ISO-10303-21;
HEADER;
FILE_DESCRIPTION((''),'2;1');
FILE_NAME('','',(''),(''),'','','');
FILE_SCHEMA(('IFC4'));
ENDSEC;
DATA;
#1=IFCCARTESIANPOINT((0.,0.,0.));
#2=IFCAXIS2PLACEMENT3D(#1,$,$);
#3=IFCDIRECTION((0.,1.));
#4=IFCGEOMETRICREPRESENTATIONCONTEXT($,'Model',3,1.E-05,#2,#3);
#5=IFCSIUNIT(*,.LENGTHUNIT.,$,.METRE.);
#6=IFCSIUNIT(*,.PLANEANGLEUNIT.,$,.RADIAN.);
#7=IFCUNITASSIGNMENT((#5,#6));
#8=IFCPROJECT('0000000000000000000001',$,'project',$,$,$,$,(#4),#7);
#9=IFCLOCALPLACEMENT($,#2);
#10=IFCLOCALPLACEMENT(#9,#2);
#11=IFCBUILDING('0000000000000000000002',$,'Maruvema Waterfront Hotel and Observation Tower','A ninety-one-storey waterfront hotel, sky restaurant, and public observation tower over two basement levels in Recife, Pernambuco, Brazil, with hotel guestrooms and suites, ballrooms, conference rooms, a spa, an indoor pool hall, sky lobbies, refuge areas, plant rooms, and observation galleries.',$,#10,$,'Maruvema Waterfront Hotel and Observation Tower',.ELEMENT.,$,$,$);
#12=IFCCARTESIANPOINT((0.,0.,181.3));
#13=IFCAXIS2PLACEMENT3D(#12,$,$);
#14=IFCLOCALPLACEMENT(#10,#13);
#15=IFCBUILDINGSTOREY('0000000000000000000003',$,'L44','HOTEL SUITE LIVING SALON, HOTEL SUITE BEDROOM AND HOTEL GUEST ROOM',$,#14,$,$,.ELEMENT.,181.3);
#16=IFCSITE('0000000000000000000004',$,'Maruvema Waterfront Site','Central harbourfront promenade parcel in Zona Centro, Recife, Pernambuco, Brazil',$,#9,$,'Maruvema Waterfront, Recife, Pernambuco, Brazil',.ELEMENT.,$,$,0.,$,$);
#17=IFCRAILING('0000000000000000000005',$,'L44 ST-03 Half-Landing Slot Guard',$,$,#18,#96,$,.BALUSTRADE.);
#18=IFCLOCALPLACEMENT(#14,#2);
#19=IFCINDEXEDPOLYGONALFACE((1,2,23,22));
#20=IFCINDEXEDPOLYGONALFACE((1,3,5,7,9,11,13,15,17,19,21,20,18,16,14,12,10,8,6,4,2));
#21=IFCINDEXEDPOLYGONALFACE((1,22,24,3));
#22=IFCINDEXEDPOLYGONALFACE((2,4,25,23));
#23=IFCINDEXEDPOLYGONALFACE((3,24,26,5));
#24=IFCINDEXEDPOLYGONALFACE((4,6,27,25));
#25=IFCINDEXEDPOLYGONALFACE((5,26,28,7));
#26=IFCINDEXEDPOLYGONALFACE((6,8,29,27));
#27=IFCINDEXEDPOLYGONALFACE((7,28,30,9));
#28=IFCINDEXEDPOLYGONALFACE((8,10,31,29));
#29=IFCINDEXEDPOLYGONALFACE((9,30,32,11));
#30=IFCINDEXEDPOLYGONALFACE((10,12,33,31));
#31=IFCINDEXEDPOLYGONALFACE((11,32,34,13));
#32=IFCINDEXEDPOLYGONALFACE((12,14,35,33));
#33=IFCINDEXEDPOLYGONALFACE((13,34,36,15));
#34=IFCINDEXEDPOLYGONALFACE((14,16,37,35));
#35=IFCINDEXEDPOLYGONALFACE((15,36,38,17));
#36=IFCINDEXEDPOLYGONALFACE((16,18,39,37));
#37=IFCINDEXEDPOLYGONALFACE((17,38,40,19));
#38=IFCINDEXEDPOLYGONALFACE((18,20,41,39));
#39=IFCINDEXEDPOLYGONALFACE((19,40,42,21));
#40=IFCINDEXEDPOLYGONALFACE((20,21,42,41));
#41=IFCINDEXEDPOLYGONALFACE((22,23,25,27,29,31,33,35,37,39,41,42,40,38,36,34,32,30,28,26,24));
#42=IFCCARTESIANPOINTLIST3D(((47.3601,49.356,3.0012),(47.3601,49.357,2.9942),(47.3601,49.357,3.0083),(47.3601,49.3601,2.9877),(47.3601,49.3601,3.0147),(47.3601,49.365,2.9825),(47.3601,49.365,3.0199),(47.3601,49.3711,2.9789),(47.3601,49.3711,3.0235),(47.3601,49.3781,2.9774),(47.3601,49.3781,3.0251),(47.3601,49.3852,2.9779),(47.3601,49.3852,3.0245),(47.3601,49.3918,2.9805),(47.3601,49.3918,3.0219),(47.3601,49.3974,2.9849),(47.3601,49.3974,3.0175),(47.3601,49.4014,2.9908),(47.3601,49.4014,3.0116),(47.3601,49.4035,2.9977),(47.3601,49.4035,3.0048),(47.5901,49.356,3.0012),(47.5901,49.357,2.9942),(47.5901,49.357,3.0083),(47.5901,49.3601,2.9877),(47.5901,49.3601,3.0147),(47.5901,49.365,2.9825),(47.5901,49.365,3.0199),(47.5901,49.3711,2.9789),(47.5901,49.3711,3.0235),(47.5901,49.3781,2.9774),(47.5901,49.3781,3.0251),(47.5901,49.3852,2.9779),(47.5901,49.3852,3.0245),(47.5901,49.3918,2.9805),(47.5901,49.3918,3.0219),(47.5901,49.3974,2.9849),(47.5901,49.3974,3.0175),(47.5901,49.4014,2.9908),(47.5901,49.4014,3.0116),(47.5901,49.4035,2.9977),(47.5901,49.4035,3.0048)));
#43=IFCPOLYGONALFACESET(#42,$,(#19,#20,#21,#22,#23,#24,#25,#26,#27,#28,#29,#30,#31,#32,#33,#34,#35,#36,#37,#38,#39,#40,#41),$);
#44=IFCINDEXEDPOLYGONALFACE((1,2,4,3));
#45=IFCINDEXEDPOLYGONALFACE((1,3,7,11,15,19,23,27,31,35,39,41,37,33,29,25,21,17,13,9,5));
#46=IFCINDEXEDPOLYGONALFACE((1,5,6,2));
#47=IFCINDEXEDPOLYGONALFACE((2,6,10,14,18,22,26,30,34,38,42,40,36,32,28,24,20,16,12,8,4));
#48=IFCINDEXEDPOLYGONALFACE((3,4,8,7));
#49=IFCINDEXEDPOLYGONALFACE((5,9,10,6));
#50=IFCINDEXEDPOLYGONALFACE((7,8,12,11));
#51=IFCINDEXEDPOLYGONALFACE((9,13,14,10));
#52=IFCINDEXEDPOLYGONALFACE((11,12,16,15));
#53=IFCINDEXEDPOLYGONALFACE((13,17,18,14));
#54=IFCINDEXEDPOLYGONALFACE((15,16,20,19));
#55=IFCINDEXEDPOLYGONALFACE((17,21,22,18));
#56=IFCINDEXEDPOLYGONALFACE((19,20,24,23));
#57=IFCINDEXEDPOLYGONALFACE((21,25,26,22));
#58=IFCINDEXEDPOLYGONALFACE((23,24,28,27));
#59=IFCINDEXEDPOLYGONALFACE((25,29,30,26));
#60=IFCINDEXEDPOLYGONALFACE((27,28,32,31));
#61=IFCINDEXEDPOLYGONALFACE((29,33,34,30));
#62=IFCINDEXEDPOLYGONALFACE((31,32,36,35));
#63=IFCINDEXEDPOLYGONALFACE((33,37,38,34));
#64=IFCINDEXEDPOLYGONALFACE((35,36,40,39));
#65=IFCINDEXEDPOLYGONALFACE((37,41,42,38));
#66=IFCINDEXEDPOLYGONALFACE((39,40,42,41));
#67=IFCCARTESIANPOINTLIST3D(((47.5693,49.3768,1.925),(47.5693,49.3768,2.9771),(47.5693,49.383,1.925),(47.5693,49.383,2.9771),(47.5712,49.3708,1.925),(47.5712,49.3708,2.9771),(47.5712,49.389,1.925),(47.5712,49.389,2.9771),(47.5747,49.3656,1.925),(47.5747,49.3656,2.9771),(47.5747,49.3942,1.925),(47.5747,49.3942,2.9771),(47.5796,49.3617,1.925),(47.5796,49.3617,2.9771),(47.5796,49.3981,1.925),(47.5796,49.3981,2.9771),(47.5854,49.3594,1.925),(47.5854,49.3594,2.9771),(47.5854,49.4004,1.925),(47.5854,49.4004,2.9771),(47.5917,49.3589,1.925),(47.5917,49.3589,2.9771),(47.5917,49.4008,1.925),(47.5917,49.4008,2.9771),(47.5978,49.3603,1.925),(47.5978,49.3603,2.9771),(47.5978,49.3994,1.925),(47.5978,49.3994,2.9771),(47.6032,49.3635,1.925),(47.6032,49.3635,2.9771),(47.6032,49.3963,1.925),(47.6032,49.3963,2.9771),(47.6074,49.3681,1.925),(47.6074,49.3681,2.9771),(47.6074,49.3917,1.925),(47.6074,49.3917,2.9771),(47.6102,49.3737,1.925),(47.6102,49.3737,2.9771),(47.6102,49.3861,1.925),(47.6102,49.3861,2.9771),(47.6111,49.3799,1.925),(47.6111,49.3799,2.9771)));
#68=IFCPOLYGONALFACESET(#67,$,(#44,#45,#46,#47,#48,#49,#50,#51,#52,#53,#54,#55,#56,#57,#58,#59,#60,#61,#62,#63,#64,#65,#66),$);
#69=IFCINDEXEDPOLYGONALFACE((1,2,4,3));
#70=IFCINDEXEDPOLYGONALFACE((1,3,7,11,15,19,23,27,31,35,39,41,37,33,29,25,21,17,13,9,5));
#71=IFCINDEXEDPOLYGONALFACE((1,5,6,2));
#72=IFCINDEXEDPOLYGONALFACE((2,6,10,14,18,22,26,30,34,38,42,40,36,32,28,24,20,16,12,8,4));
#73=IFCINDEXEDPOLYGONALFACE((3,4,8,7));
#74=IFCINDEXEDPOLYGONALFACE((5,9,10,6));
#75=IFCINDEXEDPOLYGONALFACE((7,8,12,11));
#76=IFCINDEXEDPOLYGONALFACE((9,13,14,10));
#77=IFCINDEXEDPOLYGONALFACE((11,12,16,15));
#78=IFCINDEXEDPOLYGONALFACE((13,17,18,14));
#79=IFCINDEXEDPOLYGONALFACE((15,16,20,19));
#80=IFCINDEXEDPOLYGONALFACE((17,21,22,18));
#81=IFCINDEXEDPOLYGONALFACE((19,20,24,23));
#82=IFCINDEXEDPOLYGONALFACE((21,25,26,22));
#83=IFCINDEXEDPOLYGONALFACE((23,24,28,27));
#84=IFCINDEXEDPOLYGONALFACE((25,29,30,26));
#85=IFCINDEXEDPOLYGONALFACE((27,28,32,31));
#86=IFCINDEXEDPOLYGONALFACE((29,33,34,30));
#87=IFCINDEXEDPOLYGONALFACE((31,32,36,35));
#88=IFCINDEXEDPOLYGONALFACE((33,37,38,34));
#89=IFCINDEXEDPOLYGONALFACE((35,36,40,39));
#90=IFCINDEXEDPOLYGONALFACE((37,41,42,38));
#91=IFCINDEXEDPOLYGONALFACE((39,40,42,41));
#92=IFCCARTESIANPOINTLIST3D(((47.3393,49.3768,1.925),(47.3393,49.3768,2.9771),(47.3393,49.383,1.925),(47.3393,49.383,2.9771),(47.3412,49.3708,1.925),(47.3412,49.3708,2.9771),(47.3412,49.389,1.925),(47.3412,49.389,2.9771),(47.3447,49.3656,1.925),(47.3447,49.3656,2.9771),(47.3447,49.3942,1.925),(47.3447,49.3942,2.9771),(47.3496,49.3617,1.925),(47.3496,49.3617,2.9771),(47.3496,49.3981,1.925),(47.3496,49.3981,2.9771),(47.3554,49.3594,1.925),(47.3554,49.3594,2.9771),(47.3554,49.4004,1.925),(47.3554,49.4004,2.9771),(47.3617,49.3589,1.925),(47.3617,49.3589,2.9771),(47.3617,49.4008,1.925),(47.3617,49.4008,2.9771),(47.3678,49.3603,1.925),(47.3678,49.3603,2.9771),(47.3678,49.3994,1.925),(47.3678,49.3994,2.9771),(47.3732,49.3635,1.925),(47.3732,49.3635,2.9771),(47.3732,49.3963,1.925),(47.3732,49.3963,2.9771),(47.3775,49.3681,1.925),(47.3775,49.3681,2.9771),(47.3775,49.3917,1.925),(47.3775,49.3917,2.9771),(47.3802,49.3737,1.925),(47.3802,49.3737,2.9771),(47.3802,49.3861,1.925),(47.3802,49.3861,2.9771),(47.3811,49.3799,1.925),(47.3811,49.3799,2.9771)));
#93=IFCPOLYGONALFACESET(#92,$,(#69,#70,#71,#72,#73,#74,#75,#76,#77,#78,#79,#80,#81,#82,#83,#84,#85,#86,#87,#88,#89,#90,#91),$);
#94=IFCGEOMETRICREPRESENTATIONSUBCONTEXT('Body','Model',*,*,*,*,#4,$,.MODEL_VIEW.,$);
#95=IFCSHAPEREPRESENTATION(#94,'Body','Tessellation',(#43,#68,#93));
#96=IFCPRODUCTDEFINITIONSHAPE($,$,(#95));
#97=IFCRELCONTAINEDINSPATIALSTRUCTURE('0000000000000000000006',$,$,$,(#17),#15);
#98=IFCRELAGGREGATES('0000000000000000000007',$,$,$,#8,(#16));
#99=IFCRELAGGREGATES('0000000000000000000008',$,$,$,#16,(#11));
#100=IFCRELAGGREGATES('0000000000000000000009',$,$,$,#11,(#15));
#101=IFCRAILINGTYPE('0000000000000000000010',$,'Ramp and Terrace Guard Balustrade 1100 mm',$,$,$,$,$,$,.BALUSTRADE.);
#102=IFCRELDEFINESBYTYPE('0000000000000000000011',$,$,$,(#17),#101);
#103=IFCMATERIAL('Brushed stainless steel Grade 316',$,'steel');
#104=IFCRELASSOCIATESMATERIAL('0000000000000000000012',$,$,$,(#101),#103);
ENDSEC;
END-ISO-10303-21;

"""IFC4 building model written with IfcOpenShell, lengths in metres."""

from ifc_helpers import new_model, si_unit, direction, frame, origin, origin_2d, place, context, subcontext, project, spatial, circle, extrude, material, type_object, element, save


model = new_model("IFC4")

# Units and contexts
model_context = context("Model", 3, precision=1e-05, world=origin(), true_north=direction((0.0, 1.0)))
body_context = subcontext(model_context, "Body", "Model", "MODEL_VIEW")
ifc_project = project(units=[si_unit("LENGTHUNIT", "METRE"), si_unit("PLANEANGLEUNIT", "RADIAN")], contexts=[model_context])

# Site, building, storey
site_placement = place(None, origin())
site = spatial("IfcSite", under=ifc_project, at=site_placement, Name="Maruvema Waterfront Site", Description="Central harbourfront promenade parcel in Zona Centro, Recife, Pernambuco, Brazil", LongName="Maruvema Waterfront, Recife, Pernambuco, Brazil", CompositionType="ELEMENT", RefElevation=0.0)
building_placement = place(site_placement, origin())
building = spatial("IfcBuilding", under=site, at=building_placement, Name="Maruvema Waterfront Hotel and Observation Tower", Description="A ninety-one-storey waterfront hotel, sky restaurant, and public observation tower over two basement levels in Recife, Pernambuco, Brazil, with hotel guestrooms and suites, ballrooms, conference rooms, a spa, an indoor pool hall, sky lobbies, refuge areas, plant rooms, and observation galleries.", LongName="Maruvema Waterfront Hotel and Observation Tower", CompositionType="ELEMENT")
storey_placement = place(building_placement, frame((0.0, 0.0, 181.3)))
storey = spatial("IfcBuildingStorey", under=building, at=storey_placement, Name="L44", Description="HOTEL SUITE LIVING SALON, HOTEL SUITE BEDROOM AND HOTEL GUEST ROOM", CompositionType="ELEMENT", Elevation=181.3)

# Railing
ifc_material_1 = material(Name="Brushed stainless steel Grade 316", Category="steel")
railing_type_1 = type_object("IfcRailingType", Name="Ramp and Terrace Guard Balustrade 1100 mm", PredefinedType="BALUSTRADE", material=ifc_material_1)
railing_1_placement = place(storey_placement, frame((47.5901, 49.3799, 1.925)))
element("IfcRailing", 1, at=railing_1_placement, inside=storey, type_object=railing_type_1, Name="L44 ST-03 Half-Landing Slot Guard", PredefinedType="BALUSTRADE", context=body_context, shape_type="SweptSolid", body=[
    extrude(circle(Radius=0.0239, at=origin_2d()), frame((0.0, 0.0, 1.0762), z_axis=(-1.0, 0.0, 0.0), x_axis=(0.0, -1.0, 0.0)), (0.0, 0.0, 1.0), 0.23),
    extrude(circle(Radius=0.021, at=origin_2d()), origin(), (0.0, 0.0, 1.0), 1.052),
    extrude(circle(Radius=0.021, at=origin_2d()), frame((-0.23, 0.0, 0.0)), (0.0, 0.0, 1.0), 1.052),
])

save(model, "model.ifc")
